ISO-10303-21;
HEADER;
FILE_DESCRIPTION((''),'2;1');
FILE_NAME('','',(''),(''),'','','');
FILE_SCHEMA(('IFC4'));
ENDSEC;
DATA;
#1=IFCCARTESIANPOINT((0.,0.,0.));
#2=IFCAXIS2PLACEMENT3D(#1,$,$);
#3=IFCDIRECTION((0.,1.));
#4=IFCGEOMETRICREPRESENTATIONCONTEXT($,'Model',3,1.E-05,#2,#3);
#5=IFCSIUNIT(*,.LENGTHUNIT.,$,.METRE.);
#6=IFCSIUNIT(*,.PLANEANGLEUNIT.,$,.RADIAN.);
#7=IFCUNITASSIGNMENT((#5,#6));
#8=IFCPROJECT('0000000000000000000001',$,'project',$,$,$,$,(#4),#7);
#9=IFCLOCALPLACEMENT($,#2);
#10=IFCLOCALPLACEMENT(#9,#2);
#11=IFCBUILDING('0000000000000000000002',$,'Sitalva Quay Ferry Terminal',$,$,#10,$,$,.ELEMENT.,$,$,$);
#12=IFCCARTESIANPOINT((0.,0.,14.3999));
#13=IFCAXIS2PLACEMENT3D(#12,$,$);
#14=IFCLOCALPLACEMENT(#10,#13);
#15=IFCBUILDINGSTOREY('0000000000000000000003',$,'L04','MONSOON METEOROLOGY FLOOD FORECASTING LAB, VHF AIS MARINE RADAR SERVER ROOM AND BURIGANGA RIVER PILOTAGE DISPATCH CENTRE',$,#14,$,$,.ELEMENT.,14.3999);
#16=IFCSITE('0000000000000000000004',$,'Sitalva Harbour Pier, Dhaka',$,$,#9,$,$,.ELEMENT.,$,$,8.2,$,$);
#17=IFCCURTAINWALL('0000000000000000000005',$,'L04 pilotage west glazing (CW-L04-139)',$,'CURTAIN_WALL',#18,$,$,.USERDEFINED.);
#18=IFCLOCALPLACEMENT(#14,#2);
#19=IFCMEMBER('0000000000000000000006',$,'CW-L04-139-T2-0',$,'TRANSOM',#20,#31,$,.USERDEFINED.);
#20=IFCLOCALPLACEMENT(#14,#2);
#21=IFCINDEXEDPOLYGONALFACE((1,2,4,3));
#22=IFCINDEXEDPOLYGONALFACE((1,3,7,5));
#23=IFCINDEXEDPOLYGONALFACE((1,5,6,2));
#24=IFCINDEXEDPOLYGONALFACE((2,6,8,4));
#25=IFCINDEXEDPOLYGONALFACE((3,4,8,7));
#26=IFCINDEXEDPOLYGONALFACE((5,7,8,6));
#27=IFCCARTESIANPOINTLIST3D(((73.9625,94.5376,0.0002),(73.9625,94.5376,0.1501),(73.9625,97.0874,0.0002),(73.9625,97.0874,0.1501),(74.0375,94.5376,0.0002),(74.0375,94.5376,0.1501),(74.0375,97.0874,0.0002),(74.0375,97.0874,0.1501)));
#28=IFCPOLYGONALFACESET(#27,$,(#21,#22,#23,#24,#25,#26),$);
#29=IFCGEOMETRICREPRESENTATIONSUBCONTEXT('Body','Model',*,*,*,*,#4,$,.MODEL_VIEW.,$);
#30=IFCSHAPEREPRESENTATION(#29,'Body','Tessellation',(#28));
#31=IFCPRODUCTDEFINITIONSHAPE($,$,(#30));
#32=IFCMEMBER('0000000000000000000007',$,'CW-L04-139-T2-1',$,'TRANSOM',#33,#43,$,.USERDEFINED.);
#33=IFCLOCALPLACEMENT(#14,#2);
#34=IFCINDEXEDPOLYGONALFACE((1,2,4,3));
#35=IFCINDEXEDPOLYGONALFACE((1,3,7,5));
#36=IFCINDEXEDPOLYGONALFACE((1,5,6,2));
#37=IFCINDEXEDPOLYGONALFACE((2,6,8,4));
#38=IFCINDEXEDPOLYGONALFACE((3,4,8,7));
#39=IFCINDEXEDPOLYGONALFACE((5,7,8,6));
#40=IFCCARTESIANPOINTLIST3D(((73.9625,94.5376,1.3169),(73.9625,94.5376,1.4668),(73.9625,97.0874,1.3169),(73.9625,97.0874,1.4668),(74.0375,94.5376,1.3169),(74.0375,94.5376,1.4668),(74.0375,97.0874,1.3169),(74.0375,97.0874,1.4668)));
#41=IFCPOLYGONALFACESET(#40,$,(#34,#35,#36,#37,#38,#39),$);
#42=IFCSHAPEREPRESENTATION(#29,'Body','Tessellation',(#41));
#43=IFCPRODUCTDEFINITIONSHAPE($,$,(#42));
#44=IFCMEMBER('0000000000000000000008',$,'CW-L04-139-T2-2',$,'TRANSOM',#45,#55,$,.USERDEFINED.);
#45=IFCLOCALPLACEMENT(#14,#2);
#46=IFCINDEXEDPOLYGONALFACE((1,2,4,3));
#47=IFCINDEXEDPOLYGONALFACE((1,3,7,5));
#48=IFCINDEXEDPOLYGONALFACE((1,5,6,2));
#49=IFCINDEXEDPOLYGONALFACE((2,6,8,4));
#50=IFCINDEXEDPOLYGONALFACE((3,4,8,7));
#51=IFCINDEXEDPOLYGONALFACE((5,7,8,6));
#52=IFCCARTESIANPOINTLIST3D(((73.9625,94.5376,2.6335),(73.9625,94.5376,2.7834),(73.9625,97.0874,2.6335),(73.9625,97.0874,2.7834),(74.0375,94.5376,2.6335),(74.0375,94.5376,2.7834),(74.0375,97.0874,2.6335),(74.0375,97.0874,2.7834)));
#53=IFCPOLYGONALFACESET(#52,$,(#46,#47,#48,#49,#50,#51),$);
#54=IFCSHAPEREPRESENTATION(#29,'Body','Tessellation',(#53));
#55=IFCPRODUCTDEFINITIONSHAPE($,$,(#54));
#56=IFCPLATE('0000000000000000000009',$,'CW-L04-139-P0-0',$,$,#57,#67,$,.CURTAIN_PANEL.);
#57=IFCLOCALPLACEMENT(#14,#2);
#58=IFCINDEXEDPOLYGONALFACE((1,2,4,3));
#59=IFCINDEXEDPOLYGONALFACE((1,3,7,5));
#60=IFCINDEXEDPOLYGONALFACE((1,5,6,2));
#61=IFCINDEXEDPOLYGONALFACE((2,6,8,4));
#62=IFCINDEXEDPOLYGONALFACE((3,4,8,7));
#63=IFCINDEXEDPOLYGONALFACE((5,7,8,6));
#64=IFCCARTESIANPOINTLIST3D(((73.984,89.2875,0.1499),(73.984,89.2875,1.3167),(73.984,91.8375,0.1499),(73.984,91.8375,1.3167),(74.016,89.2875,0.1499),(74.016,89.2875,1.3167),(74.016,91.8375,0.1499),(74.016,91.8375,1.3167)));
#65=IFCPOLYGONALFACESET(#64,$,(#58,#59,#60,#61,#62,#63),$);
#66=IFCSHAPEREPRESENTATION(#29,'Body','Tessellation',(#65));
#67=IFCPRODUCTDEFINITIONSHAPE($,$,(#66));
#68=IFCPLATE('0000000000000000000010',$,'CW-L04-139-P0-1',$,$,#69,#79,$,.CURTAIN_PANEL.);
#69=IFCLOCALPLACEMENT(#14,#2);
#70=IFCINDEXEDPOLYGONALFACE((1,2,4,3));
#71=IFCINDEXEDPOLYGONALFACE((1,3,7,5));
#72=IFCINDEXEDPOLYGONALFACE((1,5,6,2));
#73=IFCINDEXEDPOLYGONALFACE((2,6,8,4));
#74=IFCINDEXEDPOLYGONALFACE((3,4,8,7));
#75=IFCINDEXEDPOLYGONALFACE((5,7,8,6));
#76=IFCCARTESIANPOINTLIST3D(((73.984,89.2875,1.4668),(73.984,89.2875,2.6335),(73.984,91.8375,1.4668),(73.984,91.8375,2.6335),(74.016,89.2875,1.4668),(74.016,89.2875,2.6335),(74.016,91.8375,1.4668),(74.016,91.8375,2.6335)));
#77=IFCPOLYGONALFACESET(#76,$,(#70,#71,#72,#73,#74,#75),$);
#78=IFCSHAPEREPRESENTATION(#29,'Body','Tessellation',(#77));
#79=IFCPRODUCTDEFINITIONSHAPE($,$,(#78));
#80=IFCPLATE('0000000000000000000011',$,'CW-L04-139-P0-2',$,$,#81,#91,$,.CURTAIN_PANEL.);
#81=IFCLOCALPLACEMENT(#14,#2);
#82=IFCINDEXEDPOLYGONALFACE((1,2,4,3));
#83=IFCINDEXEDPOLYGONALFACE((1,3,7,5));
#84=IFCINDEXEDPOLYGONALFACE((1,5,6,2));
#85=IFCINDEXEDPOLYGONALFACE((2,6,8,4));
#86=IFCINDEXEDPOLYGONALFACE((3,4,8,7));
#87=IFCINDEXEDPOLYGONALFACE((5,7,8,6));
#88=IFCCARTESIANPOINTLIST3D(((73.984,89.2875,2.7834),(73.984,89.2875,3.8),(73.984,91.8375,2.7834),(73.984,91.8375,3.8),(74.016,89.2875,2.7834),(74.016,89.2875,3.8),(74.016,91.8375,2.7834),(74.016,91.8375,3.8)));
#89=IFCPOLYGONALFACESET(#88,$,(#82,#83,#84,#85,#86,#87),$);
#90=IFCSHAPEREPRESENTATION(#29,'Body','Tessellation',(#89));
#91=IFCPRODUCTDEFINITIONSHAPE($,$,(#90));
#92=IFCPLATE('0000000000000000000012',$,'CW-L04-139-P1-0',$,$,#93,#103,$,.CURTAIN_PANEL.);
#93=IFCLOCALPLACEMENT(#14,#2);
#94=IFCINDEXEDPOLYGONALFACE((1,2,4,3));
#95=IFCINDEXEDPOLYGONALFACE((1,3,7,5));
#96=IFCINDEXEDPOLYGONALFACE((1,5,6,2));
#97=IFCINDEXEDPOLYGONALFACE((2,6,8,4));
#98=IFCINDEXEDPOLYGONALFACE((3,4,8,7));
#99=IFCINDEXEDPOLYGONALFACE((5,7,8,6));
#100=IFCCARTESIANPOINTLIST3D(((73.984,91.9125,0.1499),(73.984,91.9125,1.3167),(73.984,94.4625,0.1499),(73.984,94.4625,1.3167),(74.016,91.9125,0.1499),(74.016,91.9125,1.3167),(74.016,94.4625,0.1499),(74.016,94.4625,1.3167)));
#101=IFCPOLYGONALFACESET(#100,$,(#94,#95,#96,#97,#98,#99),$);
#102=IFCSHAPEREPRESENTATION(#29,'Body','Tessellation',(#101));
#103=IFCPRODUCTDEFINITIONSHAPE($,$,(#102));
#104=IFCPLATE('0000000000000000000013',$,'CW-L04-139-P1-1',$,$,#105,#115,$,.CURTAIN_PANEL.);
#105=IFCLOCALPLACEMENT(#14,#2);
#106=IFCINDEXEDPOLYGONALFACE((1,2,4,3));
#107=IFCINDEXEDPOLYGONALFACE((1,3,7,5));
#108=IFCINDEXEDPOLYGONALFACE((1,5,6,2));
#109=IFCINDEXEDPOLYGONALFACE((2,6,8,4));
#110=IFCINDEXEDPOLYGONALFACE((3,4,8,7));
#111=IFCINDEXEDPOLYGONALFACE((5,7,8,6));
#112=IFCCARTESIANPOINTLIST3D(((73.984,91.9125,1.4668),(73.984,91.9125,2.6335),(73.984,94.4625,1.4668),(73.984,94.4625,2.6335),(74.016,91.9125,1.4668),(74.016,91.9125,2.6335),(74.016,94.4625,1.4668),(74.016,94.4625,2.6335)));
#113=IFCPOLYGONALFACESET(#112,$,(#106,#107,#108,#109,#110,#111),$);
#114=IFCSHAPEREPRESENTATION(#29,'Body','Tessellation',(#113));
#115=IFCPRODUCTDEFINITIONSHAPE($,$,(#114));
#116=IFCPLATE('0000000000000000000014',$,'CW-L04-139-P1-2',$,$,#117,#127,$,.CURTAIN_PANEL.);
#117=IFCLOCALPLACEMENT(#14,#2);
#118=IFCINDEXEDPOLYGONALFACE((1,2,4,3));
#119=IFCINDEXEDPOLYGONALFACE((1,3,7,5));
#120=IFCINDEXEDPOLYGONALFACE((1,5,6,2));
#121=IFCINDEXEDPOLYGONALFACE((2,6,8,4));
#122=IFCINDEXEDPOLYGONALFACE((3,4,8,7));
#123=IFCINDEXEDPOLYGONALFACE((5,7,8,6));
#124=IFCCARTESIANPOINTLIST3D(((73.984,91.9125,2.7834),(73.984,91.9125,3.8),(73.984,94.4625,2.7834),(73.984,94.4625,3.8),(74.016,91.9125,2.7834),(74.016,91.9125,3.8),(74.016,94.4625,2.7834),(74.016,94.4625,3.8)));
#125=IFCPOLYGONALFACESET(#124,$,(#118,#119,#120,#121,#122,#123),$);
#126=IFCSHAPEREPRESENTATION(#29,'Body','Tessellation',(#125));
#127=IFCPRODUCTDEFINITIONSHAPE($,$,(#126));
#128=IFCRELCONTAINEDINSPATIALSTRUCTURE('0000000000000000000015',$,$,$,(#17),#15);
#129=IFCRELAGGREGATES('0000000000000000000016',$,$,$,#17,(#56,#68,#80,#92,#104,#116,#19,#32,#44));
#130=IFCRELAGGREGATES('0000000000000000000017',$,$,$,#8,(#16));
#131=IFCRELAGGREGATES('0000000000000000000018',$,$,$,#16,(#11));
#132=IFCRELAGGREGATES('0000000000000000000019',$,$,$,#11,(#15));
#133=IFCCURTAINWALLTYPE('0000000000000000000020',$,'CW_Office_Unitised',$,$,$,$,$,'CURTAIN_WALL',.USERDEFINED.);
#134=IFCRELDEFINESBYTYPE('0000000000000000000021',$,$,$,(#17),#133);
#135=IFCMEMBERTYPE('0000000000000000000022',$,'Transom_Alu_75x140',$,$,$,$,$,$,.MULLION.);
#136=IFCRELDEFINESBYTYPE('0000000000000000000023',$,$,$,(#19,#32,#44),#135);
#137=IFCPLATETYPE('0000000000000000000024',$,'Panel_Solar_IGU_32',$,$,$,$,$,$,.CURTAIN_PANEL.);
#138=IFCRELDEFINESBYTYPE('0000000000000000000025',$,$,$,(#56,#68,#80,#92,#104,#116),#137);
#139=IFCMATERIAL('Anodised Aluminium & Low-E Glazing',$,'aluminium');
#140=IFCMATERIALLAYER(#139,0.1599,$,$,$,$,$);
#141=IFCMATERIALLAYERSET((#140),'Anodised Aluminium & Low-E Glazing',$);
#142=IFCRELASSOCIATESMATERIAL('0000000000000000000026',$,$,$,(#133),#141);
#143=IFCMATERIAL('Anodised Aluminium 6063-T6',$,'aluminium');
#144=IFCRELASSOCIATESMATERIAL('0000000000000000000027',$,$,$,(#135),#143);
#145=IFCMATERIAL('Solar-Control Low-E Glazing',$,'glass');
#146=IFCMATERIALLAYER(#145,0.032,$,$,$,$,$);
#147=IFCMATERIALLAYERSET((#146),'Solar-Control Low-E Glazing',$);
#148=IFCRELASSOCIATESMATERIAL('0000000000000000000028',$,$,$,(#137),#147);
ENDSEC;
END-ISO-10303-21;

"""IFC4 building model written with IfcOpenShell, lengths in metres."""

from ifc_helpers import new_model, si_unit, direction, frame, origin, origin_2d, place, context, subcontext, project, spatial, rectangle, extrude, material, layer, layer_set, material_profile, profile_set, type_object, element, aggregate, save


model = new_model("IFC4")

# Units and contexts
model_context = context("Model", 3, precision=1e-05, world=origin(), true_north=direction((0.0, 1.0)))
body_context = subcontext(model_context, "Body", "Model", "MODEL_VIEW")
ifc_project = project(units=[si_unit("LENGTHUNIT", "METRE"), si_unit("PLANEANGLEUNIT", "RADIAN")], contexts=[model_context])

# Site, building, storey
site_placement = place(None, origin())
site = spatial("IfcSite", under=ifc_project, at=site_placement, Name="Sitalva Harbour Pier, Dhaka", CompositionType="ELEMENT", RefElevation=8.2)
building_placement = place(site_placement, origin())
building = spatial("IfcBuilding", under=site, at=building_placement, Name="Sitalva Quay Ferry Terminal", CompositionType="ELEMENT")
storey_placement = place(building_placement, frame((0.0, 0.0, 14.3999)))
storey = spatial("IfcBuildingStorey", under=building, at=storey_placement, Name="L04", Description="MONSOON METEOROLOGY FLOOD FORECASTING LAB, VHF AIS MARINE RADAR SERVER ROOM AND BURIGANGA RIVER PILOTAGE DISPATCH CENTRE", CompositionType="ELEMENT", Elevation=14.3999)

# Curtain wall, members, plates
ifc_material_1 = material(Name="Anodised Aluminium & Low-E Glazing", Category="aluminium")
ifc_layer_1 = layer(ifc_material_1, 0.1599)
ifc_layer_set_1 = layer_set([ifc_layer_1], Name="Anodised Aluminium & Low-E Glazing")
curtain_wall_type = type_object("IfcCurtainWallType", Name="CW_Office_Unitised", ElementType="CURTAIN_WALL", PredefinedType="USERDEFINED", material=ifc_layer_set_1)
curtain_wall_placement = place(storey_placement, origin())
curtain_wall = element("IfcCurtainWall", 1, at=curtain_wall_placement, inside=storey, type_object=curtain_wall_type, Name="L04 pilotage west glazing (CW-L04-139)", ObjectType="CURTAIN_WALL", PredefinedType="USERDEFINED")
ifc_material_2 = material(Name="Anodised Aluminium 6063-T6", Category="aluminium")
ifc_material_profile_1 = material_profile(ifc_material_2, rectangle(XDim=0.075, YDim=0.1499, at=origin_2d()), Name="ALU75x150")
ifc_profile_set_1 = profile_set([ifc_material_profile_1], Name="Anodised Aluminium 6063-T6")
member_type_1 = type_object("IfcMemberType", Name="Transom_Alu_75x140", PredefinedType="MULLION", material=ifc_profile_set_1)
member_1_placement = place(storey_placement, frame((74.0, 94.5376, 0.0752), z_axis=(0.0, 1.0, 0.0), x_axis=(-1.0, 0.0, 0.0)))
member_1 = element("IfcMember", 2, at=member_1_placement, type_object=member_type_1, Name="CW-L04-139-T2-0", ObjectType="TRANSOM", PredefinedType="USERDEFINED", context=body_context, shape_type="SweptSolid", body=[
    extrude(rectangle(XDim=0.075, YDim=0.1499, at=origin_2d()), origin(), (0.0, 0.0, 1.0), 2.5498),
])
member_2_placement = place(storey_placement, frame((74.0, 94.5376, 1.3918), z_axis=(0.0, 1.0, 0.0), x_axis=(-1.0, 0.0, 0.0)))
member_2 = element("IfcMember", 3, at=member_2_placement, type_object=member_type_1, Name="CW-L04-139-T2-1", ObjectType="TRANSOM", PredefinedType="USERDEFINED", context=body_context, shape_type="SweptSolid", body=[
    extrude(rectangle(XDim=0.075, YDim=0.1499, at=origin_2d()), origin(), (0.0, 0.0, 1.0), 2.5498),
])
member_3_placement = place(storey_placement, frame((74.0, 94.5376, 2.7085), z_axis=(0.0, 1.0, 0.0), x_axis=(-1.0, 0.0, 0.0)))
member_3 = element("IfcMember", 4, at=member_3_placement, type_object=member_type_1, Name="CW-L04-139-T2-2", ObjectType="TRANSOM", PredefinedType="USERDEFINED", context=body_context, shape_type="SweptSolid", body=[
    extrude(rectangle(XDim=0.075, YDim=0.1499, at=origin_2d()), origin(), (0.0, 0.0, 1.0), 2.5498),
])
ifc_material_3 = material(Name="Solar-Control Low-E Glazing", Category="glass")
ifc_layer_2 = layer(ifc_material_3, 0.032)
ifc_layer_set_2 = layer_set([ifc_layer_2], Name="Solar-Control Low-E Glazing")
plate_type = type_object("IfcPlateType", Name="Panel_Solar_IGU_32", PredefinedType="CURTAIN_PANEL", material=ifc_layer_set_2)
plate_1_placement = place(storey_placement, frame((74.0, 90.5625, 0.1499), z_axis=(0.0, 0.0, 1.0), x_axis=(0.0, 1.0, 0.0)))
plate_1 = element("IfcPlate", 5, at=plate_1_placement, type_object=plate_type, Name="CW-L04-139-P0-0", PredefinedType="CURTAIN_PANEL", context=body_context, shape_type="SweptSolid", body=[
    extrude(rectangle(XDim=2.55, YDim=0.032, at=origin_2d()), origin(), (0.0, 0.0, 1.0), 1.1667),
])
plate_2_placement = place(storey_placement, frame((74.0, 90.5625, 1.4668), z_axis=(0.0, 0.0, 1.0), x_axis=(0.0, 1.0, 0.0)))
plate_2 = element("IfcPlate", 6, at=plate_2_placement, type_object=plate_type, Name="CW-L04-139-P0-1", PredefinedType="CURTAIN_PANEL", context=body_context, shape_type="SweptSolid", body=[
    extrude(rectangle(XDim=2.55, YDim=0.032, at=origin_2d()), origin(), (0.0, 0.0, 1.0), 1.1667),
])
plate_3_placement = place(storey_placement, frame((74.0, 90.5625, 2.7834), z_axis=(0.0, 0.0, 1.0), x_axis=(0.0, 1.0, 0.0)))
plate_3 = element("IfcPlate", 7, at=plate_3_placement, type_object=plate_type, Name="CW-L04-139-P0-2", PredefinedType="CURTAIN_PANEL", context=body_context, shape_type="SweptSolid", body=[
    extrude(rectangle(XDim=2.55, YDim=0.032, at=origin_2d()), origin(), (0.0, 0.0, 1.0), 1.0166),
])
plate_4_placement = place(storey_placement, frame((74.0, 93.1875, 0.1499), z_axis=(0.0, 0.0, 1.0), x_axis=(0.0, 1.0, 0.0)))
plate_4 = element("IfcPlate", 8, at=plate_4_placement, type_object=plate_type, Name="CW-L04-139-P1-0", PredefinedType="CURTAIN_PANEL", context=body_context, shape_type="SweptSolid", body=[
    extrude(rectangle(XDim=2.55, YDim=0.032, at=origin_2d()), origin(), (0.0, 0.0, 1.0), 1.1667),
])
plate_5_placement = place(storey_placement, frame((74.0, 93.1875, 1.4668), z_axis=(0.0, 0.0, 1.0), x_axis=(0.0, 1.0, 0.0)))
plate_5 = element("IfcPlate", 9, at=plate_5_placement, type_object=plate_type, Name="CW-L04-139-P1-1", PredefinedType="CURTAIN_PANEL", context=body_context, shape_type="SweptSolid", body=[
    extrude(rectangle(XDim=2.55, YDim=0.032, at=origin_2d()), origin(), (0.0, 0.0, 1.0), 1.1667),
])
plate_6_placement = place(storey_placement, frame((74.0, 93.1875, 2.7834), z_axis=(0.0, 0.0, 1.0), x_axis=(0.0, 1.0, 0.0)))
plate_6 = element("IfcPlate", 10, at=plate_6_placement, type_object=plate_type, Name="CW-L04-139-P1-2", PredefinedType="CURTAIN_PANEL", context=body_context, shape_type="SweptSolid", body=[
    extrude(rectangle(XDim=2.55, YDim=0.032, at=origin_2d()), origin(), (0.0, 0.0, 1.0), 1.0166),
])
aggregate(curtain_wall, [plate_1, plate_2, plate_3, plate_4, plate_5, plate_6, member_1, member_2, member_3])

save(model, "model.ifc")
